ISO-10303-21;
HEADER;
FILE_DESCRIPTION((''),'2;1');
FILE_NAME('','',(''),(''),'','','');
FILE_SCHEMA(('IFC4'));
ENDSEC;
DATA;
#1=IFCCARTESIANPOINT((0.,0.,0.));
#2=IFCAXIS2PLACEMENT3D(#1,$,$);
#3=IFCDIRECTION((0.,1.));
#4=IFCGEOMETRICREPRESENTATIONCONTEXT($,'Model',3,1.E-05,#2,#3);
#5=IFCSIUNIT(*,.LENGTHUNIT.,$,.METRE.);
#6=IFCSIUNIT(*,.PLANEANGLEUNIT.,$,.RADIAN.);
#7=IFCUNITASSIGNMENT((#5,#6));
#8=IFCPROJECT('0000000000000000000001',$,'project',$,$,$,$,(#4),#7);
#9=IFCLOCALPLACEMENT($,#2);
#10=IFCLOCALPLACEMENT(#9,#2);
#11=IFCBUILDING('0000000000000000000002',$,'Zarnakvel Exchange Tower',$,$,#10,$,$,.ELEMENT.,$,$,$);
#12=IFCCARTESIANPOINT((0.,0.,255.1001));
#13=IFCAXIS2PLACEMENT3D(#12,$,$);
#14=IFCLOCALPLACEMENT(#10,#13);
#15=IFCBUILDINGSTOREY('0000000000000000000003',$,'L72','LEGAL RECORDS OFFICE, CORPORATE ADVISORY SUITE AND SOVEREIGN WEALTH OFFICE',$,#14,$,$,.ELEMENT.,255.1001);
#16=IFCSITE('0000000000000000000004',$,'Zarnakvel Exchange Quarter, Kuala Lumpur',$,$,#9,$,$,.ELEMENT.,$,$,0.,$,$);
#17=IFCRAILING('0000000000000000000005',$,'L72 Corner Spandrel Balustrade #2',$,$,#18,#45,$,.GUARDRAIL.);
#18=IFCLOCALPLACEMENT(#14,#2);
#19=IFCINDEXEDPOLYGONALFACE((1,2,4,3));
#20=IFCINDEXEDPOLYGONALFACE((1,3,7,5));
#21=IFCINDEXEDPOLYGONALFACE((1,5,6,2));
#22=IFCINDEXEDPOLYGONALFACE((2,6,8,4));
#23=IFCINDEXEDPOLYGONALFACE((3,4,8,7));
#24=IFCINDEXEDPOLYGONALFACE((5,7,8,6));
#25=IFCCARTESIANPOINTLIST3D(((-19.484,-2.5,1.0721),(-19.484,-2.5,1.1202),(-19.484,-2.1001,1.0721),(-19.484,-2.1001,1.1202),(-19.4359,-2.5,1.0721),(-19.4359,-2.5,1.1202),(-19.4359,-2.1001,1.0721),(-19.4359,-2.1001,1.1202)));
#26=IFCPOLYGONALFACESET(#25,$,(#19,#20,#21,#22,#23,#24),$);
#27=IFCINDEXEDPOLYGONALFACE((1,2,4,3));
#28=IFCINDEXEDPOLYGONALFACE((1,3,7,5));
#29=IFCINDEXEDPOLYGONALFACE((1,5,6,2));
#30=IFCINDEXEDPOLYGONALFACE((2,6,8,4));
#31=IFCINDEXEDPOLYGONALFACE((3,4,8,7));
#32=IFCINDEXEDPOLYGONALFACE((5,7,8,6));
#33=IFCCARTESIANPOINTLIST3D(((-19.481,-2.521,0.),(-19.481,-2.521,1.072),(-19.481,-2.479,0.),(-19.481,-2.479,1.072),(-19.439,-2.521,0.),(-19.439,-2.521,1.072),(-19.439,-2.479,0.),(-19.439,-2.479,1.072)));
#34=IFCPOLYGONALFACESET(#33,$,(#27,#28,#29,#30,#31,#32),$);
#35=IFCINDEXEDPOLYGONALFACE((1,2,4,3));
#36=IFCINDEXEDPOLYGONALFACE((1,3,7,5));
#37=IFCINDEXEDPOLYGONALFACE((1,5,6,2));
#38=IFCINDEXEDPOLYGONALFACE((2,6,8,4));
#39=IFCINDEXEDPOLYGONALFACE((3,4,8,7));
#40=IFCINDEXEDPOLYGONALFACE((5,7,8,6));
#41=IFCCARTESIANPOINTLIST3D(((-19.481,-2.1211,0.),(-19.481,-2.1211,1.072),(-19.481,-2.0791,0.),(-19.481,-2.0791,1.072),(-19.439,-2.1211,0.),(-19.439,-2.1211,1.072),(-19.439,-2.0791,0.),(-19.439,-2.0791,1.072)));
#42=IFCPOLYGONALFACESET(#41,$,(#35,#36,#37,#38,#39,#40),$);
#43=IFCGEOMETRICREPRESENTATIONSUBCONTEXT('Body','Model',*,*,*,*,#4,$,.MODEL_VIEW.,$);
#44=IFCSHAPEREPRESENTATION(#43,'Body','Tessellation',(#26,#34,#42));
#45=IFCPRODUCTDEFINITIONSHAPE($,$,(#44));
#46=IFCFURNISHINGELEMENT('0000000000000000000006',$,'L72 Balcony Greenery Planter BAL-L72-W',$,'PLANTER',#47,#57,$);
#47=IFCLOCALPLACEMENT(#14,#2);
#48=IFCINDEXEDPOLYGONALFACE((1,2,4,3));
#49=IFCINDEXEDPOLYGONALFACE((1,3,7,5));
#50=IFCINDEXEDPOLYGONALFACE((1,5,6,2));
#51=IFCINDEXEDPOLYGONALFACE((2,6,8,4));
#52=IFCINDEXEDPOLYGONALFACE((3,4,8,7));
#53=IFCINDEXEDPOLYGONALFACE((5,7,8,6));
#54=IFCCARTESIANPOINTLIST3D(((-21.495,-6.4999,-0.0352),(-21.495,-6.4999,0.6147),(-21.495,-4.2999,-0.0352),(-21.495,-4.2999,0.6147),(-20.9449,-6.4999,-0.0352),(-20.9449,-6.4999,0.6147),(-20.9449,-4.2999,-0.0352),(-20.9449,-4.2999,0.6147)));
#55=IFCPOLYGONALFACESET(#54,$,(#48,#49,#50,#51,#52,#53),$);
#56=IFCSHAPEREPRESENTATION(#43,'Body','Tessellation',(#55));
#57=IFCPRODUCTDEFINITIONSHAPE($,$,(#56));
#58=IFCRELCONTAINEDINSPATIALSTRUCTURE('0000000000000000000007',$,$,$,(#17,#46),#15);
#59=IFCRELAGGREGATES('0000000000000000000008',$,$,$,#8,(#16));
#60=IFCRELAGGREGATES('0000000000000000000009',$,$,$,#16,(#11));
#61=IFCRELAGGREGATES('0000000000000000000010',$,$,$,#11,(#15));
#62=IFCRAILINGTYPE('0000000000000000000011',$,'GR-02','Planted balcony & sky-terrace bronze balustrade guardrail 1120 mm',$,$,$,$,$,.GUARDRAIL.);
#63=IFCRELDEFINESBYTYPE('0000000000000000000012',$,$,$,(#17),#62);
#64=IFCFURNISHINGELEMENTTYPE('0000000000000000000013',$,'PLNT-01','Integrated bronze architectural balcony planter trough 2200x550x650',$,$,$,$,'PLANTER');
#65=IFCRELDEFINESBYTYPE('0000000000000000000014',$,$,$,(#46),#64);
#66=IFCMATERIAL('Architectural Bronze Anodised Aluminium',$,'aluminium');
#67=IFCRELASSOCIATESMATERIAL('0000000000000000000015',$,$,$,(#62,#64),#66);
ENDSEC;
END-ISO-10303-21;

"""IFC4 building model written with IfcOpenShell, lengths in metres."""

from ifc_helpers import new_model, si_unit, direction, frame, origin, origin_2d, place, context, subcontext, project, spatial, rectangle, extrude, source, transform, mapped, material, type_object, element, save


model = new_model("IFC4")

# Units and contexts
model_context = context("Model", 3, precision=1e-05, world=origin(), true_north=direction((0.0, 1.0)))
body_context = subcontext(model_context, "Body", "Model", "MODEL_VIEW")
ifc_project = project(units=[si_unit("LENGTHUNIT", "METRE"), si_unit("PLANEANGLEUNIT", "RADIAN")], contexts=[model_context])

# Site, building, storey
site_placement = place(None, origin())
site = spatial("IfcSite", under=ifc_project, at=site_placement, Name="Zarnakvel Exchange Quarter, Kuala Lumpur", CompositionType="ELEMENT", RefElevation=0.0)
building_placement = place(site_placement, origin())
building = spatial("IfcBuilding", under=site, at=building_placement, Name="Zarnakvel Exchange Tower", CompositionType="ELEMENT")
storey_placement = place(building_placement, frame((0.0, 0.0, 255.1001)))
storey = spatial("IfcBuildingStorey", under=building, at=storey_placement, Name="L72", Description="LEGAL RECORDS OFFICE, CORPORATE ADVISORY SUITE AND SOVEREIGN WEALTH OFFICE", CompositionType="ELEMENT", Elevation=255.1001)

# Shared definitions
ifc_material_1 = material(Name="Architectural Bronze Anodised Aluminium", Category="aluminium")

# Railing
railing_type = type_object("IfcRailingType", Name="GR-02", Description="Planted balcony & sky-terrace bronze balustrade guardrail 1120 mm", PredefinedType="GUARDRAIL", material=ifc_material_1)
railing_1_placement = place(storey_placement, frame((-19.46, -2.5, 0.0)))
element("IfcRailing", 1, at=railing_1_placement, inside=storey, type_object=railing_type, Name="L72 Corner Spandrel Balustrade #2", PredefinedType="GUARDRAIL", context=body_context, shape_type="SweptSolid", body=[
    extrude(rectangle(XDim=0.0481, YDim=0.0481, at=origin_2d()), frame((0.0, 0.0, 1.0962), z_axis=(0.0, 1.0, 0.0), x_axis=(-1.0, 0.0, 0.0)), (0.0, 0.0, 1.0), 0.3999),
    extrude(rectangle(XDim=0.042, YDim=0.042, at=origin_2d()), origin(), (0.0, 0.0, 1.0), 1.072),
    extrude(rectangle(XDim=0.042, YDim=0.042, at=origin_2d()), frame((0.0, 0.3999, 0.0)), (0.0, 0.0, 1.0), 1.072),
])

# Furnishing element
furnishing_element_type = type_object("IfcFurnishingElementType", Name="PLNT-01", Description="Integrated bronze architectural balcony planter trough 2200x550x650", ElementType="PLANTER", material=ifc_material_1)
shared_shape_1 = source(origin(), body_context, "Body", "SweptSolid", [
    extrude(rectangle(XDim=2.2, YDim=0.55, at=origin_2d()), origin(), (0.0, 0.0, 1.0), 0.6499),
])
furnishing_placement = place(storey_placement, frame((-21.22, -5.3999, -0.0352), z_axis=(0.0, 0.0, 1.0), x_axis=(0.0, 1.0, 0.0)))
element("IfcFurnishingElement", 2, at=furnishing_placement, inside=storey, type_object=furnishing_element_type, Name="L72 Balcony Greenery Planter BAL-L72-W", ObjectType="PLANTER", context=body_context, shape_type="MappedRepresentation", body=[
    mapped(shared_shape_1, transform((0.0, 0.0, 0.0), x_axis=(1.0, 0.0, 0.0), y_axis=(0.0, 1.0, 0.0), z_axis=(0.0, 0.0, 1.0), scale=1.0)),
])

save(model, "model.ifc")
